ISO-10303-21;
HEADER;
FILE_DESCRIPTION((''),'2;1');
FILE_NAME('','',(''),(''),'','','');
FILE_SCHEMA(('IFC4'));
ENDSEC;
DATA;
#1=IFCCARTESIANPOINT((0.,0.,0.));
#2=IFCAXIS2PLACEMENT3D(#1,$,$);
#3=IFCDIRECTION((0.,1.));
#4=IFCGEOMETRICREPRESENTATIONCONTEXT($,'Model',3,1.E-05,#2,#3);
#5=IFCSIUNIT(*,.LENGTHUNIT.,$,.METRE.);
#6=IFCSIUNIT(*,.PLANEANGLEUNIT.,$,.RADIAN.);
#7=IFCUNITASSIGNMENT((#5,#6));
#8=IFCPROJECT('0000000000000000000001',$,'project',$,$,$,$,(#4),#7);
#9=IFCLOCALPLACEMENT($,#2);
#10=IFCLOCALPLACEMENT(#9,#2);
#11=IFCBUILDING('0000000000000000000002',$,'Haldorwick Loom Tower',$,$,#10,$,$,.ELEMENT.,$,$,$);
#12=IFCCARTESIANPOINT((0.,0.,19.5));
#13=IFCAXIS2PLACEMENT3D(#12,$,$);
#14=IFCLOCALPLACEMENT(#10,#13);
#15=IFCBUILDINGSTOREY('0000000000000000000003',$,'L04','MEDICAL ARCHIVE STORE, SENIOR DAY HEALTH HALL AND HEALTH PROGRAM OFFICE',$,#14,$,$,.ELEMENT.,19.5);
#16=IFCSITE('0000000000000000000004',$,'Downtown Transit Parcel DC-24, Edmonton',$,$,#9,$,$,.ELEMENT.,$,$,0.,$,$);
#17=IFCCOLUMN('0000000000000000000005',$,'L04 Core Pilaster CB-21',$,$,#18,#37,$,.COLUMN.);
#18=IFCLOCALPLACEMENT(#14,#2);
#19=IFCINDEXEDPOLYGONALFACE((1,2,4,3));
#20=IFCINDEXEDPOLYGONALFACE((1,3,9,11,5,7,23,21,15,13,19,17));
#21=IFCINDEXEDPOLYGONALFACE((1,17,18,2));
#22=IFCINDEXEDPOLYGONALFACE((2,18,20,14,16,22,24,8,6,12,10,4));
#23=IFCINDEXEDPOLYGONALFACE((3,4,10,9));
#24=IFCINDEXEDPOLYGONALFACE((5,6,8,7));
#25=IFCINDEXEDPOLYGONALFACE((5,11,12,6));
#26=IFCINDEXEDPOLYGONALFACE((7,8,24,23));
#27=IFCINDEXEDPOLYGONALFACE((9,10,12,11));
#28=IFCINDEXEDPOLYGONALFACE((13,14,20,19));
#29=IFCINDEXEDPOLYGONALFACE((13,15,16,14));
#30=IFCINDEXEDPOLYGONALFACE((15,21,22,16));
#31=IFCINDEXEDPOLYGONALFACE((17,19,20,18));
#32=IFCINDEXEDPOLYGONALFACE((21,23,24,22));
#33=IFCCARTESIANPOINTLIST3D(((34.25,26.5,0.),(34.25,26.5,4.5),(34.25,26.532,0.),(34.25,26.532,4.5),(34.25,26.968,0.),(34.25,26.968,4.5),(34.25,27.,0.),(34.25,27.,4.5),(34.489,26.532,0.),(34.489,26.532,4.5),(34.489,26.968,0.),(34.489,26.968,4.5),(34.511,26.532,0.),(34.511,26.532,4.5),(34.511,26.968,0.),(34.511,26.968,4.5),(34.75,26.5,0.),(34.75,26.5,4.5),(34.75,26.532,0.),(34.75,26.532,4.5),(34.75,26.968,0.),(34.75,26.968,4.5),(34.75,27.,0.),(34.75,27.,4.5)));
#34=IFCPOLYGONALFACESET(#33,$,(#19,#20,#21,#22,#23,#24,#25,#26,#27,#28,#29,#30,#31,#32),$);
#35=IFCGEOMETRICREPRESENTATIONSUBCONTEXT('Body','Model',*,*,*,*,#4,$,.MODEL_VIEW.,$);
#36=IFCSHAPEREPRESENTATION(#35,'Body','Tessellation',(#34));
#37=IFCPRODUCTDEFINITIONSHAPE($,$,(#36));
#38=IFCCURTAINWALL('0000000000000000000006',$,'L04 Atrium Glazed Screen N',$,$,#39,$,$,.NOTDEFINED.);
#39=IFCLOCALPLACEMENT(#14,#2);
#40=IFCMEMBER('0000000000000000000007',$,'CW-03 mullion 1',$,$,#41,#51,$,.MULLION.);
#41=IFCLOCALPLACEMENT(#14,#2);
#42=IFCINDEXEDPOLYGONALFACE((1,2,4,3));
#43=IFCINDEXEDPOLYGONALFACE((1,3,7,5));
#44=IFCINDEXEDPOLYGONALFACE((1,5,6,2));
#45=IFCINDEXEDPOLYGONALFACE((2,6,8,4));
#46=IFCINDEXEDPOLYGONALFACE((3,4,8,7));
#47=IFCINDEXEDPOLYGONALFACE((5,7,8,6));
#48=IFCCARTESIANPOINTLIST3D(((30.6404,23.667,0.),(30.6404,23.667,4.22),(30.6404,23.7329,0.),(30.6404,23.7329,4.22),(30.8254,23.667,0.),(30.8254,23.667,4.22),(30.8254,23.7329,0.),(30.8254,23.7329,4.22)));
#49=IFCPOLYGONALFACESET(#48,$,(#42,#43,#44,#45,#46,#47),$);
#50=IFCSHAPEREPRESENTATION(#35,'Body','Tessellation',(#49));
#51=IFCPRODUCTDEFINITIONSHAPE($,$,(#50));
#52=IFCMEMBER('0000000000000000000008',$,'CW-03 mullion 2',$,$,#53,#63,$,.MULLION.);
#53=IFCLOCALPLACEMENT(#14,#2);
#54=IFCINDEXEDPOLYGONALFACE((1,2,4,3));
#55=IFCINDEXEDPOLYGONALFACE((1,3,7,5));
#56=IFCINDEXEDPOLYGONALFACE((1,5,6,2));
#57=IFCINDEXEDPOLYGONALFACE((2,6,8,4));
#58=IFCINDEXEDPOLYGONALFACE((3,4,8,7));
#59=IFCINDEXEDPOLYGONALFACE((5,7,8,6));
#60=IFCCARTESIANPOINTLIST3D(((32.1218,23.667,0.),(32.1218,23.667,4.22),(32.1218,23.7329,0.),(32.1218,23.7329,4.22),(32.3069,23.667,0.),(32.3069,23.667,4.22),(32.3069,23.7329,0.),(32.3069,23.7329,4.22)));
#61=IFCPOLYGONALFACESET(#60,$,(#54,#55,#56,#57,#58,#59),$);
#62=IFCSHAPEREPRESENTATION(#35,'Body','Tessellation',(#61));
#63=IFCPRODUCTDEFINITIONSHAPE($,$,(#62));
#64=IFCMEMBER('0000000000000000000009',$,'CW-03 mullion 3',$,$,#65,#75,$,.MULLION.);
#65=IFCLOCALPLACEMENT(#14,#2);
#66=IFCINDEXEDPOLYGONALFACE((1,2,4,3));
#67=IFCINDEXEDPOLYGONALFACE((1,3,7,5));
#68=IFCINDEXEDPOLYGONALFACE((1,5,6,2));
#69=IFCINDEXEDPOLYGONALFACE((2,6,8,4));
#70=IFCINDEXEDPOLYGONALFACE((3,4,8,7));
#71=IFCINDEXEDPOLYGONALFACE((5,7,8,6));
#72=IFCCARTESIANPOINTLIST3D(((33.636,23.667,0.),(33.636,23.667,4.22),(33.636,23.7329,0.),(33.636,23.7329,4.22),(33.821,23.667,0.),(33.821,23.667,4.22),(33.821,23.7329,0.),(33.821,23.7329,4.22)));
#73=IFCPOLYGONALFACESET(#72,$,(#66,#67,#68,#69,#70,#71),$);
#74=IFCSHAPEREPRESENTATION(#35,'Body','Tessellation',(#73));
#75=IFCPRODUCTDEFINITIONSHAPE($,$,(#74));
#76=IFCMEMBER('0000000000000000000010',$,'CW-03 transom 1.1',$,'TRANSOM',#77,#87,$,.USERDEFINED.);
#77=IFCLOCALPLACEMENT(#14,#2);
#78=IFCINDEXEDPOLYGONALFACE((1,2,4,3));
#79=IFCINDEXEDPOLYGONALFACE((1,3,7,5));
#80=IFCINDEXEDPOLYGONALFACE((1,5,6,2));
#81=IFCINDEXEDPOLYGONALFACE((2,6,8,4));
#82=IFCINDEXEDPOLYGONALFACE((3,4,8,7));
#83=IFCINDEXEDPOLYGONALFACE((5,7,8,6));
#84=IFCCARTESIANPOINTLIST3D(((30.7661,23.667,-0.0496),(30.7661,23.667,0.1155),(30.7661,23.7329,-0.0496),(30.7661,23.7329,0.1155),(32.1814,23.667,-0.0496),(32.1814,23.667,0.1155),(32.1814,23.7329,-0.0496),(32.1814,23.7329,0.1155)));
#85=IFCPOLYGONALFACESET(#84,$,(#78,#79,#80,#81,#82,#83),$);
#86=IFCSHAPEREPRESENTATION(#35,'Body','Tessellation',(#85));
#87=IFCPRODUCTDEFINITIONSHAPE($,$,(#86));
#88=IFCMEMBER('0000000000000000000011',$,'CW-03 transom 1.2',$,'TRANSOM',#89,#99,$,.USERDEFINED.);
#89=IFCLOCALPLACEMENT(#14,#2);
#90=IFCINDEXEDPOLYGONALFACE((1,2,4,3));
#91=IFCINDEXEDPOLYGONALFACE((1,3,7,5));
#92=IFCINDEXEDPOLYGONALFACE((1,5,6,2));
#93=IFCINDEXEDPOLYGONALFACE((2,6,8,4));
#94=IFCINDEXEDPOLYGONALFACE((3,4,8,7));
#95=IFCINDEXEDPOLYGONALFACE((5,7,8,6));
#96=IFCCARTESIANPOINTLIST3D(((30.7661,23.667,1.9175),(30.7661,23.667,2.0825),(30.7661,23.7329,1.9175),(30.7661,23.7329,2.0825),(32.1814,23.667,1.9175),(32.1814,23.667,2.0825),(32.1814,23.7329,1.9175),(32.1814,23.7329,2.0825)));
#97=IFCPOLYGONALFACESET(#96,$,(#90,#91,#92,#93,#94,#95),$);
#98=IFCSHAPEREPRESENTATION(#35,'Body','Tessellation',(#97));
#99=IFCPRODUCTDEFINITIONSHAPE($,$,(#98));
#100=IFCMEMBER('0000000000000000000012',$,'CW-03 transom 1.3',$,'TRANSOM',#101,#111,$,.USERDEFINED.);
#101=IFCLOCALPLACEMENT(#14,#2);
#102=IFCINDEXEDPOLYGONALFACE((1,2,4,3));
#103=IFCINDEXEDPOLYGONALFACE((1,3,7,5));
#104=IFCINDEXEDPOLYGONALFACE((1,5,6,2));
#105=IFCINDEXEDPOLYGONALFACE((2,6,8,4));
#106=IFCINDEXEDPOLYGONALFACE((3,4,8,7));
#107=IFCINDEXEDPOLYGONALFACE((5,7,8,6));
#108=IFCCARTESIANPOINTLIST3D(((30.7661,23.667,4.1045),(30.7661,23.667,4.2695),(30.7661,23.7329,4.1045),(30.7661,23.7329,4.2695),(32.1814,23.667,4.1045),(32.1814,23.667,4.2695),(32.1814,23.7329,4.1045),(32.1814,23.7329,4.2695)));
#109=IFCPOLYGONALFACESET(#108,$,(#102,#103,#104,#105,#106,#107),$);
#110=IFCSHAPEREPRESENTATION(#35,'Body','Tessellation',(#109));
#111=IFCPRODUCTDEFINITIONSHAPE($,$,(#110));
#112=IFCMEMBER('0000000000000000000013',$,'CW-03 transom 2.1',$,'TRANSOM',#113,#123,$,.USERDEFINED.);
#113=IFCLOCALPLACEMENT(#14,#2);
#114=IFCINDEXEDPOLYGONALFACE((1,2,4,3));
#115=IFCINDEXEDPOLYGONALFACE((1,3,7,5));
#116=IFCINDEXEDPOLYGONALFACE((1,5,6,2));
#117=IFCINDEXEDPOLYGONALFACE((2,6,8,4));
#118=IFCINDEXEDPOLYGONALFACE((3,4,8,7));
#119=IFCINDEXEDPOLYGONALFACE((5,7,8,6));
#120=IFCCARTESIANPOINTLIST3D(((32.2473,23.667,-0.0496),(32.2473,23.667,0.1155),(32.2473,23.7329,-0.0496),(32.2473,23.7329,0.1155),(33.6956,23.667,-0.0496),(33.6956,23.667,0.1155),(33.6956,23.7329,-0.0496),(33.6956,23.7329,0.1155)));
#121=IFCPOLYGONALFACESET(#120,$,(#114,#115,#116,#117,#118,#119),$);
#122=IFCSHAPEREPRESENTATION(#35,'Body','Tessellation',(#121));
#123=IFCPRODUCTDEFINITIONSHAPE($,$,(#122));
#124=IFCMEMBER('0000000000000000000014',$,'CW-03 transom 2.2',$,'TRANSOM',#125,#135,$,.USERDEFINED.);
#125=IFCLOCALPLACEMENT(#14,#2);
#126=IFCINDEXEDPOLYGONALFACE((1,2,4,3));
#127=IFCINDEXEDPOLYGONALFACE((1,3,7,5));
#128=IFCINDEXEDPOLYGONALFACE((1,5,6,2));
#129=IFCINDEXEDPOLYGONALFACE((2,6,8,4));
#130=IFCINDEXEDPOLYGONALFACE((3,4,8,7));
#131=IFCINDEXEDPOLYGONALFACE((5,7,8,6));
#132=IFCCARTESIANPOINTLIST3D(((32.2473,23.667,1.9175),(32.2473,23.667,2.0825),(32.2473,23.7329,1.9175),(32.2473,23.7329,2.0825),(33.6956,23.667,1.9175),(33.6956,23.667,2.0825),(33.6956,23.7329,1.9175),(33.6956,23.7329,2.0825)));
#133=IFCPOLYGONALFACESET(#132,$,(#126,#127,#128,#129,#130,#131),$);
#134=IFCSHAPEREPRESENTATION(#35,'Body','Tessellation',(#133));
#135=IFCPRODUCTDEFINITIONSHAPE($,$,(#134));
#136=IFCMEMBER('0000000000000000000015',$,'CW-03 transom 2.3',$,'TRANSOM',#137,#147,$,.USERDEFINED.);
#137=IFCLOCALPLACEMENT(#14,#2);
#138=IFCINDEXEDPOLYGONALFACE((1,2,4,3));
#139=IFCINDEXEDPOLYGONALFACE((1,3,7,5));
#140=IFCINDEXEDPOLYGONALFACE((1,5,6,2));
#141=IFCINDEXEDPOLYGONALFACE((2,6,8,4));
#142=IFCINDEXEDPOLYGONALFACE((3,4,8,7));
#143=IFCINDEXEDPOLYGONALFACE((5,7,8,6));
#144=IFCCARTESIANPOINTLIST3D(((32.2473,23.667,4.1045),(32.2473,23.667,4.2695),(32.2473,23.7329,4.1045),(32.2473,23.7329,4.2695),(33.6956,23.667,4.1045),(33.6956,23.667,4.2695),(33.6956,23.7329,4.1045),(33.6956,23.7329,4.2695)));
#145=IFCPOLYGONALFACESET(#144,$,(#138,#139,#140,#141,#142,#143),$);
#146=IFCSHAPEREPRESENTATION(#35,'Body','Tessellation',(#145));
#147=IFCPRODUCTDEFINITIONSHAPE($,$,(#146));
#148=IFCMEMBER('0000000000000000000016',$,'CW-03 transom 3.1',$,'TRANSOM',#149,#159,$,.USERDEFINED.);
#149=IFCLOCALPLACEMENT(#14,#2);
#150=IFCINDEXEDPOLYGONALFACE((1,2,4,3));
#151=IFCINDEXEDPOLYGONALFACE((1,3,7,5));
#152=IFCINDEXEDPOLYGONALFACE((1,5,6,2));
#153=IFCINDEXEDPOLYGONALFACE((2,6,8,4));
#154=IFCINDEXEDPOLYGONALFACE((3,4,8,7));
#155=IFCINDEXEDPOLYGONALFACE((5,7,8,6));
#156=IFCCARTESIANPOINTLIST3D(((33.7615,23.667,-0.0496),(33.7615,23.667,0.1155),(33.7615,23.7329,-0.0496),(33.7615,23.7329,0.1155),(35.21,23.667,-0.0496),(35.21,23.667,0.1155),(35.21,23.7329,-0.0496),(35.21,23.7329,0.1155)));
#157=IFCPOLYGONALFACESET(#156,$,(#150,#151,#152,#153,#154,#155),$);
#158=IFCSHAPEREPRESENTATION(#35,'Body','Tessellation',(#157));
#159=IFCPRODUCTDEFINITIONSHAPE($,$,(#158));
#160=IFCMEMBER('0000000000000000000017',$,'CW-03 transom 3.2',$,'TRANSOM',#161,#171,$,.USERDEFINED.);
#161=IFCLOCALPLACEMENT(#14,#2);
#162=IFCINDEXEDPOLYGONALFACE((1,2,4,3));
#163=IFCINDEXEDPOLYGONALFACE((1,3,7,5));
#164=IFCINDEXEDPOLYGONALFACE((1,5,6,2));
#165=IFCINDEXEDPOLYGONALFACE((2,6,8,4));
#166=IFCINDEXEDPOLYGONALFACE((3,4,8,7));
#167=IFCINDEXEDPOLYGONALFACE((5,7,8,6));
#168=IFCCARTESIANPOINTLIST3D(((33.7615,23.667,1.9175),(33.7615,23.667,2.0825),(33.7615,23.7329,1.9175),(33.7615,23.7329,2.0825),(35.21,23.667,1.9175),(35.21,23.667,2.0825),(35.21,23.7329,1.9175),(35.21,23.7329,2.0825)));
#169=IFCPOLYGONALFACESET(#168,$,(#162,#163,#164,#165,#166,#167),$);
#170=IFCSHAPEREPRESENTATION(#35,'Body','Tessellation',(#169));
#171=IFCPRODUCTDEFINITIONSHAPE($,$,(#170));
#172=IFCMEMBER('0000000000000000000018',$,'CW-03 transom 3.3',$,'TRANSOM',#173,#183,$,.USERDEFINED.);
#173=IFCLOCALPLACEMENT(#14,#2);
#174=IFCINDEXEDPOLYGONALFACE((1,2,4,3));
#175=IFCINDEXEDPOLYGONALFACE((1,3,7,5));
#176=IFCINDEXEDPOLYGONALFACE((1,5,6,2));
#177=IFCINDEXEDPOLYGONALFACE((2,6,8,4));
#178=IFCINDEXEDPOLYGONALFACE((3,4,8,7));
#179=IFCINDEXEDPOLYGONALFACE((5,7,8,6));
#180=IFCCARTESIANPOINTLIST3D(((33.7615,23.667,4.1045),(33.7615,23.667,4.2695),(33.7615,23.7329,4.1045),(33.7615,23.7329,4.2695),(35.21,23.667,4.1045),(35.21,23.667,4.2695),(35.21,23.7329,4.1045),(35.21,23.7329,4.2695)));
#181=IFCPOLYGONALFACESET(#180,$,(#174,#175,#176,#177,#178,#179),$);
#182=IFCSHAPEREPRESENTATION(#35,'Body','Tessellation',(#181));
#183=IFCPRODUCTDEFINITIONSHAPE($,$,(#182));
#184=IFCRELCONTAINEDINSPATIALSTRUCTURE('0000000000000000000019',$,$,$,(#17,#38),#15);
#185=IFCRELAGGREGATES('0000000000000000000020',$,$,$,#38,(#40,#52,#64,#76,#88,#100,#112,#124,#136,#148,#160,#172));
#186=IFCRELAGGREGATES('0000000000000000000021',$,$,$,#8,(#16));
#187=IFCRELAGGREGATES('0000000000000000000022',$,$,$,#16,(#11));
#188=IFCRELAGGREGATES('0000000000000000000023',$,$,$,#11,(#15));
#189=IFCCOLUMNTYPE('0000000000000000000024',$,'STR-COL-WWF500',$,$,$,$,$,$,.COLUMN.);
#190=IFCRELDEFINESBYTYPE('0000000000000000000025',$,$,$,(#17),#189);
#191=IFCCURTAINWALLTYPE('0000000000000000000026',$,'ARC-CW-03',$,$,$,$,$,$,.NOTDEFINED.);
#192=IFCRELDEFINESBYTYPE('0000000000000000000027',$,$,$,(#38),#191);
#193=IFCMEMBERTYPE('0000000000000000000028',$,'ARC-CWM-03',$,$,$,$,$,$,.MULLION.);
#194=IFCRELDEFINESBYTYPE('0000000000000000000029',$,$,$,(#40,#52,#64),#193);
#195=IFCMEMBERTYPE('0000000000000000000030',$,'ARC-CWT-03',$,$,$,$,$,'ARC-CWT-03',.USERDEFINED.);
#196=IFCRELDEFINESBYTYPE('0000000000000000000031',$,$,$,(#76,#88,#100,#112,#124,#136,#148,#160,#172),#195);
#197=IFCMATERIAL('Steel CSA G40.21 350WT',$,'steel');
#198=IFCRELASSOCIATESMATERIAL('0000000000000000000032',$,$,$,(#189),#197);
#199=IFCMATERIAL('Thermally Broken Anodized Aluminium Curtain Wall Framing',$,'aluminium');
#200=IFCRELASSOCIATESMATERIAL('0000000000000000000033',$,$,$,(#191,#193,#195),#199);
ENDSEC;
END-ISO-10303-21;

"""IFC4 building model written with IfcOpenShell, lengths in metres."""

from ifc_helpers import new_model, si_unit, direction, frame, origin, origin_2d, place, context, subcontext, project, spatial, rectangle, i_section, extrude, material, material_profile, profile_set, type_object, element, aggregate, save


model = new_model("IFC4")

# Units and contexts
model_context = context("Model", 3, precision=1e-05, world=origin(), true_north=direction((0.0, 1.0)))
body_context = subcontext(model_context, "Body", "Model", "MODEL_VIEW")
ifc_project = project(units=[si_unit("LENGTHUNIT", "METRE"), si_unit("PLANEANGLEUNIT", "RADIAN")], contexts=[model_context])

# Site, building, storey
site_placement = place(None, origin())
site = spatial("IfcSite", under=ifc_project, at=site_placement, Name="Downtown Transit Parcel DC-24, Edmonton", CompositionType="ELEMENT", RefElevation=0.0)
building_placement = place(site_placement, origin())
building = spatial("IfcBuilding", under=site, at=building_placement, Name="Haldorwick Loom Tower", CompositionType="ELEMENT")
storey_placement = place(building_placement, frame((0.0, 0.0, 19.5)))
storey = spatial("IfcBuildingStorey", under=building, at=storey_placement, Name="L04", Description="MEDICAL ARCHIVE STORE, SENIOR DAY HEALTH HALL AND HEALTH PROGRAM OFFICE", CompositionType="ELEMENT", Elevation=19.5)

# Column
ifc_material_1 = material(Name="Steel CSA G40.21 350WT", Category="steel")
ifc_material_profile_1 = material_profile(ifc_material_1, i_section(OverallWidth=0.5, OverallDepth=0.5, WebThickness=0.022, FlangeThickness=0.032, at=origin_2d()), Name="WWF500X500", Category="steel")
ifc_profile_set_1 = profile_set([ifc_material_profile_1], Name="Steel CSA G40.21 350WT")
column_type = type_object("IfcColumnType", Name="STR-COL-WWF500", PredefinedType="COLUMN", material=ifc_profile_set_1)
column_placement = place(storey_placement, frame((34.5, 26.75, 0.0), z_axis=(0.0, 0.0, 1.0), x_axis=(1.0, 0.0, 0.0)))
element("IfcColumn", 1, at=column_placement, inside=storey, type_object=column_type, Name="L04 Core Pilaster CB-21", PredefinedType="COLUMN", context=body_context, shape_type="SweptSolid", body=[
    extrude(i_section(OverallWidth=0.5, OverallDepth=0.5, WebThickness=0.022, FlangeThickness=0.032, at=origin_2d()), origin(), (0.0, 0.0, 1.0), 4.5),
])

# Curtain wall, members
ifc_material_2 = material(Name="Thermally Broken Anodized Aluminium Curtain Wall Framing", Category="aluminium")
curtain_wall_type = type_object("IfcCurtainWallType", Name="ARC-CW-03", PredefinedType="NOTDEFINED", material=ifc_material_2)
curtain_wall_placement = place(storey_placement, origin())
curtain_wall = element("IfcCurtainWall", 2, at=curtain_wall_placement, inside=storey, type_object=curtain_wall_type, Name="L04 Atrium Glazed Screen N", PredefinedType="NOTDEFINED")
ifc_material_profile_2 = material_profile(ifc_material_2, rectangle(XDim=0.0659, YDim=0.1851, at=origin_2d()), Name="ALU_MUL_66X185", Category="aluminium")
ifc_profile_set_2 = profile_set([ifc_material_profile_2], Name="Thermally Broken Anodized Aluminium Curtain Wall Framing")
member_type_1 = type_object("IfcMemberType", Name="ARC-CWM-03", PredefinedType="MULLION", material=ifc_profile_set_2)
member_1_placement = place(storey_placement, frame((30.7329, 23.7, 0.0), z_axis=(0.0, 0.0, 1.0), x_axis=(0.0, 1.0, 0.0)))
member_1 = element("IfcMember", 3, at=member_1_placement, type_object=member_type_1, Name="CW-03 mullion 1", PredefinedType="MULLION", context=body_context, shape_type="SweptSolid", body=[
    extrude(rectangle(XDim=0.0659, YDim=0.1851, at=origin_2d()), origin(), (0.0, 0.0, 1.0), 4.22),
])
member_2_placement = place(storey_placement, frame((32.2144, 23.7, 0.0), z_axis=(0.0, 0.0, 1.0), x_axis=(0.0, 1.0, 0.0)))
member_2 = element("IfcMember", 4, at=member_2_placement, type_object=member_type_1, Name="CW-03 mullion 2", PredefinedType="MULLION", context=body_context, shape_type="SweptSolid", body=[
    extrude(rectangle(XDim=0.0659, YDim=0.1851, at=origin_2d()), origin(), (0.0, 0.0, 1.0), 4.22),
])
member_3_placement = place(storey_placement, frame((33.7285, 23.7, 0.0), z_axis=(0.0, 0.0, 1.0), x_axis=(0.0, 1.0, 0.0)))
member_3 = element("IfcMember", 5, at=member_3_placement, type_object=member_type_1, Name="CW-03 mullion 3", PredefinedType="MULLION", context=body_context, shape_type="SweptSolid", body=[
    extrude(rectangle(XDim=0.0659, YDim=0.1851, at=origin_2d()), origin(), (0.0, 0.0, 1.0), 4.22),
])
ifc_material_profile_3 = material_profile(ifc_material_2, rectangle(XDim=0.0659, YDim=0.165, at=origin_2d()), Name="ALU_TRN_66X165", Category="aluminium")
ifc_profile_set_3 = profile_set([ifc_material_profile_3], Name="Thermally Broken Anodized Aluminium Curtain Wall Framing")
member_type_2 = type_object("IfcMemberType", Name="ARC-CWT-03", ElementType="ARC-CWT-03", PredefinedType="USERDEFINED", material=ifc_profile_set_3)
member_4_placement = place(storey_placement, frame((30.7661, 23.7, 0.033), z_axis=(1.0, 0.0, 0.0), x_axis=(0.0, 1.0, 0.0)))
member_4 = element("IfcMember", 6, at=member_4_placement, type_object=member_type_2, Name="CW-03 transom 1.1", ObjectType="TRANSOM", PredefinedType="USERDEFINED", context=body_context, shape_type="SweptSolid", body=[
    extrude(rectangle(XDim=0.0659, YDim=0.165, at=origin_2d()), origin(), (0.0, 0.0, 1.0), 1.4153),
])
member_5_placement = place(storey_placement, frame((30.7661, 23.7, 2.0), z_axis=(1.0, 0.0, 0.0), x_axis=(0.0, 1.0, 0.0)))
member_5 = element("IfcMember", 7, at=member_5_placement, type_object=member_type_2, Name="CW-03 transom 1.2", ObjectType="TRANSOM", PredefinedType="USERDEFINED", context=body_context, shape_type="SweptSolid", body=[
    extrude(rectangle(XDim=0.0659, YDim=0.165, at=origin_2d()), origin(), (0.0, 0.0, 1.0), 1.4153),
])
member_6_placement = place(storey_placement, frame((30.7661, 23.7, 4.187), z_axis=(1.0, 0.0, 0.0), x_axis=(0.0, 1.0, 0.0)))
member_6 = element("IfcMember", 8, at=member_6_placement, type_object=member_type_2, Name="CW-03 transom 1.3", ObjectType="TRANSOM", PredefinedType="USERDEFINED", context=body_context, shape_type="SweptSolid", body=[
    extrude(rectangle(XDim=0.0659, YDim=0.165, at=origin_2d()), origin(), (0.0, 0.0, 1.0), 1.4153),
])
member_7_placement = place(storey_placement, frame((32.2473, 23.7, 0.033), z_axis=(1.0, 0.0, 0.0), x_axis=(0.0, 1.0, 0.0)))
member_7 = element("IfcMember", 9, at=member_7_placement, type_object=member_type_2, Name="CW-03 transom 2.1", ObjectType="TRANSOM", PredefinedType="USERDEFINED", context=body_context, shape_type="SweptSolid", body=[
    extrude(rectangle(XDim=0.0659, YDim=0.165, at=origin_2d()), origin(), (0.0, 0.0, 1.0), 1.4482),
])
member_8_placement = place(storey_placement, frame((32.2473, 23.7, 2.0), z_axis=(1.0, 0.0, 0.0), x_axis=(0.0, 1.0, 0.0)))
member_8 = element("IfcMember", 10, at=member_8_placement, type_object=member_type_2, Name="CW-03 transom 2.2", ObjectType="TRANSOM", PredefinedType="USERDEFINED", context=body_context, shape_type="SweptSolid", body=[
    extrude(rectangle(XDim=0.0659, YDim=0.165, at=origin_2d()), origin(), (0.0, 0.0, 1.0), 1.4482),
])
member_9_placement = place(storey_placement, frame((32.2473, 23.7, 4.187), z_axis=(1.0, 0.0, 0.0), x_axis=(0.0, 1.0, 0.0)))
member_9 = element("IfcMember", 11, at=member_9_placement, type_object=member_type_2, Name="CW-03 transom 2.3", ObjectType="TRANSOM", PredefinedType="USERDEFINED", context=body_context, shape_type="SweptSolid", body=[
    extrude(rectangle(XDim=0.0659, YDim=0.165, at=origin_2d()), origin(), (0.0, 0.0, 1.0), 1.4482),
])
member_10_placement = place(storey_placement, frame((33.7615, 23.7, 0.033), z_axis=(1.0, 0.0, 0.0), x_axis=(0.0, 1.0, 0.0)))
member_10 = element("IfcMember", 12, at=member_10_placement, type_object=member_type_2, Name="CW-03 transom 3.1", ObjectType="TRANSOM", PredefinedType="USERDEFINED", context=body_context, shape_type="SweptSolid", body=[
    extrude(rectangle(XDim=0.0659, YDim=0.165, at=origin_2d()), origin(), (0.0, 0.0, 1.0), 1.4485),
])
member_11_placement = place(storey_placement, frame((33.7615, 23.7, 2.0), z_axis=(1.0, 0.0, 0.0), x_axis=(0.0, 1.0, 0.0)))
member_11 = element("IfcMember", 13, at=member_11_placement, type_object=member_type_2, Name="CW-03 transom 3.2", ObjectType="TRANSOM", PredefinedType="USERDEFINED", context=body_context, shape_type="SweptSolid", body=[
    extrude(rectangle(XDim=0.0659, YDim=0.165, at=origin_2d()), origin(), (0.0, 0.0, 1.0), 1.4485),
])
member_12_placement = place(storey_placement, frame((33.7615, 23.7, 4.187), z_axis=(1.0, 0.0, 0.0), x_axis=(0.0, 1.0, 0.0)))
member_12 = element("IfcMember", 14, at=member_12_placement, type_object=member_type_2, Name="CW-03 transom 3.3", ObjectType="TRANSOM", PredefinedType="USERDEFINED", context=body_context, shape_type="SweptSolid", body=[
    extrude(rectangle(XDim=0.0659, YDim=0.165, at=origin_2d()), origin(), (0.0, 0.0, 1.0), 1.4485),
])

aggregate(curtain_wall, [member_1, member_2, member_3, member_4, member_5, member_6, member_7, member_8, member_9, member_10, member_11, member_12])

save(model, "model.ifc")
